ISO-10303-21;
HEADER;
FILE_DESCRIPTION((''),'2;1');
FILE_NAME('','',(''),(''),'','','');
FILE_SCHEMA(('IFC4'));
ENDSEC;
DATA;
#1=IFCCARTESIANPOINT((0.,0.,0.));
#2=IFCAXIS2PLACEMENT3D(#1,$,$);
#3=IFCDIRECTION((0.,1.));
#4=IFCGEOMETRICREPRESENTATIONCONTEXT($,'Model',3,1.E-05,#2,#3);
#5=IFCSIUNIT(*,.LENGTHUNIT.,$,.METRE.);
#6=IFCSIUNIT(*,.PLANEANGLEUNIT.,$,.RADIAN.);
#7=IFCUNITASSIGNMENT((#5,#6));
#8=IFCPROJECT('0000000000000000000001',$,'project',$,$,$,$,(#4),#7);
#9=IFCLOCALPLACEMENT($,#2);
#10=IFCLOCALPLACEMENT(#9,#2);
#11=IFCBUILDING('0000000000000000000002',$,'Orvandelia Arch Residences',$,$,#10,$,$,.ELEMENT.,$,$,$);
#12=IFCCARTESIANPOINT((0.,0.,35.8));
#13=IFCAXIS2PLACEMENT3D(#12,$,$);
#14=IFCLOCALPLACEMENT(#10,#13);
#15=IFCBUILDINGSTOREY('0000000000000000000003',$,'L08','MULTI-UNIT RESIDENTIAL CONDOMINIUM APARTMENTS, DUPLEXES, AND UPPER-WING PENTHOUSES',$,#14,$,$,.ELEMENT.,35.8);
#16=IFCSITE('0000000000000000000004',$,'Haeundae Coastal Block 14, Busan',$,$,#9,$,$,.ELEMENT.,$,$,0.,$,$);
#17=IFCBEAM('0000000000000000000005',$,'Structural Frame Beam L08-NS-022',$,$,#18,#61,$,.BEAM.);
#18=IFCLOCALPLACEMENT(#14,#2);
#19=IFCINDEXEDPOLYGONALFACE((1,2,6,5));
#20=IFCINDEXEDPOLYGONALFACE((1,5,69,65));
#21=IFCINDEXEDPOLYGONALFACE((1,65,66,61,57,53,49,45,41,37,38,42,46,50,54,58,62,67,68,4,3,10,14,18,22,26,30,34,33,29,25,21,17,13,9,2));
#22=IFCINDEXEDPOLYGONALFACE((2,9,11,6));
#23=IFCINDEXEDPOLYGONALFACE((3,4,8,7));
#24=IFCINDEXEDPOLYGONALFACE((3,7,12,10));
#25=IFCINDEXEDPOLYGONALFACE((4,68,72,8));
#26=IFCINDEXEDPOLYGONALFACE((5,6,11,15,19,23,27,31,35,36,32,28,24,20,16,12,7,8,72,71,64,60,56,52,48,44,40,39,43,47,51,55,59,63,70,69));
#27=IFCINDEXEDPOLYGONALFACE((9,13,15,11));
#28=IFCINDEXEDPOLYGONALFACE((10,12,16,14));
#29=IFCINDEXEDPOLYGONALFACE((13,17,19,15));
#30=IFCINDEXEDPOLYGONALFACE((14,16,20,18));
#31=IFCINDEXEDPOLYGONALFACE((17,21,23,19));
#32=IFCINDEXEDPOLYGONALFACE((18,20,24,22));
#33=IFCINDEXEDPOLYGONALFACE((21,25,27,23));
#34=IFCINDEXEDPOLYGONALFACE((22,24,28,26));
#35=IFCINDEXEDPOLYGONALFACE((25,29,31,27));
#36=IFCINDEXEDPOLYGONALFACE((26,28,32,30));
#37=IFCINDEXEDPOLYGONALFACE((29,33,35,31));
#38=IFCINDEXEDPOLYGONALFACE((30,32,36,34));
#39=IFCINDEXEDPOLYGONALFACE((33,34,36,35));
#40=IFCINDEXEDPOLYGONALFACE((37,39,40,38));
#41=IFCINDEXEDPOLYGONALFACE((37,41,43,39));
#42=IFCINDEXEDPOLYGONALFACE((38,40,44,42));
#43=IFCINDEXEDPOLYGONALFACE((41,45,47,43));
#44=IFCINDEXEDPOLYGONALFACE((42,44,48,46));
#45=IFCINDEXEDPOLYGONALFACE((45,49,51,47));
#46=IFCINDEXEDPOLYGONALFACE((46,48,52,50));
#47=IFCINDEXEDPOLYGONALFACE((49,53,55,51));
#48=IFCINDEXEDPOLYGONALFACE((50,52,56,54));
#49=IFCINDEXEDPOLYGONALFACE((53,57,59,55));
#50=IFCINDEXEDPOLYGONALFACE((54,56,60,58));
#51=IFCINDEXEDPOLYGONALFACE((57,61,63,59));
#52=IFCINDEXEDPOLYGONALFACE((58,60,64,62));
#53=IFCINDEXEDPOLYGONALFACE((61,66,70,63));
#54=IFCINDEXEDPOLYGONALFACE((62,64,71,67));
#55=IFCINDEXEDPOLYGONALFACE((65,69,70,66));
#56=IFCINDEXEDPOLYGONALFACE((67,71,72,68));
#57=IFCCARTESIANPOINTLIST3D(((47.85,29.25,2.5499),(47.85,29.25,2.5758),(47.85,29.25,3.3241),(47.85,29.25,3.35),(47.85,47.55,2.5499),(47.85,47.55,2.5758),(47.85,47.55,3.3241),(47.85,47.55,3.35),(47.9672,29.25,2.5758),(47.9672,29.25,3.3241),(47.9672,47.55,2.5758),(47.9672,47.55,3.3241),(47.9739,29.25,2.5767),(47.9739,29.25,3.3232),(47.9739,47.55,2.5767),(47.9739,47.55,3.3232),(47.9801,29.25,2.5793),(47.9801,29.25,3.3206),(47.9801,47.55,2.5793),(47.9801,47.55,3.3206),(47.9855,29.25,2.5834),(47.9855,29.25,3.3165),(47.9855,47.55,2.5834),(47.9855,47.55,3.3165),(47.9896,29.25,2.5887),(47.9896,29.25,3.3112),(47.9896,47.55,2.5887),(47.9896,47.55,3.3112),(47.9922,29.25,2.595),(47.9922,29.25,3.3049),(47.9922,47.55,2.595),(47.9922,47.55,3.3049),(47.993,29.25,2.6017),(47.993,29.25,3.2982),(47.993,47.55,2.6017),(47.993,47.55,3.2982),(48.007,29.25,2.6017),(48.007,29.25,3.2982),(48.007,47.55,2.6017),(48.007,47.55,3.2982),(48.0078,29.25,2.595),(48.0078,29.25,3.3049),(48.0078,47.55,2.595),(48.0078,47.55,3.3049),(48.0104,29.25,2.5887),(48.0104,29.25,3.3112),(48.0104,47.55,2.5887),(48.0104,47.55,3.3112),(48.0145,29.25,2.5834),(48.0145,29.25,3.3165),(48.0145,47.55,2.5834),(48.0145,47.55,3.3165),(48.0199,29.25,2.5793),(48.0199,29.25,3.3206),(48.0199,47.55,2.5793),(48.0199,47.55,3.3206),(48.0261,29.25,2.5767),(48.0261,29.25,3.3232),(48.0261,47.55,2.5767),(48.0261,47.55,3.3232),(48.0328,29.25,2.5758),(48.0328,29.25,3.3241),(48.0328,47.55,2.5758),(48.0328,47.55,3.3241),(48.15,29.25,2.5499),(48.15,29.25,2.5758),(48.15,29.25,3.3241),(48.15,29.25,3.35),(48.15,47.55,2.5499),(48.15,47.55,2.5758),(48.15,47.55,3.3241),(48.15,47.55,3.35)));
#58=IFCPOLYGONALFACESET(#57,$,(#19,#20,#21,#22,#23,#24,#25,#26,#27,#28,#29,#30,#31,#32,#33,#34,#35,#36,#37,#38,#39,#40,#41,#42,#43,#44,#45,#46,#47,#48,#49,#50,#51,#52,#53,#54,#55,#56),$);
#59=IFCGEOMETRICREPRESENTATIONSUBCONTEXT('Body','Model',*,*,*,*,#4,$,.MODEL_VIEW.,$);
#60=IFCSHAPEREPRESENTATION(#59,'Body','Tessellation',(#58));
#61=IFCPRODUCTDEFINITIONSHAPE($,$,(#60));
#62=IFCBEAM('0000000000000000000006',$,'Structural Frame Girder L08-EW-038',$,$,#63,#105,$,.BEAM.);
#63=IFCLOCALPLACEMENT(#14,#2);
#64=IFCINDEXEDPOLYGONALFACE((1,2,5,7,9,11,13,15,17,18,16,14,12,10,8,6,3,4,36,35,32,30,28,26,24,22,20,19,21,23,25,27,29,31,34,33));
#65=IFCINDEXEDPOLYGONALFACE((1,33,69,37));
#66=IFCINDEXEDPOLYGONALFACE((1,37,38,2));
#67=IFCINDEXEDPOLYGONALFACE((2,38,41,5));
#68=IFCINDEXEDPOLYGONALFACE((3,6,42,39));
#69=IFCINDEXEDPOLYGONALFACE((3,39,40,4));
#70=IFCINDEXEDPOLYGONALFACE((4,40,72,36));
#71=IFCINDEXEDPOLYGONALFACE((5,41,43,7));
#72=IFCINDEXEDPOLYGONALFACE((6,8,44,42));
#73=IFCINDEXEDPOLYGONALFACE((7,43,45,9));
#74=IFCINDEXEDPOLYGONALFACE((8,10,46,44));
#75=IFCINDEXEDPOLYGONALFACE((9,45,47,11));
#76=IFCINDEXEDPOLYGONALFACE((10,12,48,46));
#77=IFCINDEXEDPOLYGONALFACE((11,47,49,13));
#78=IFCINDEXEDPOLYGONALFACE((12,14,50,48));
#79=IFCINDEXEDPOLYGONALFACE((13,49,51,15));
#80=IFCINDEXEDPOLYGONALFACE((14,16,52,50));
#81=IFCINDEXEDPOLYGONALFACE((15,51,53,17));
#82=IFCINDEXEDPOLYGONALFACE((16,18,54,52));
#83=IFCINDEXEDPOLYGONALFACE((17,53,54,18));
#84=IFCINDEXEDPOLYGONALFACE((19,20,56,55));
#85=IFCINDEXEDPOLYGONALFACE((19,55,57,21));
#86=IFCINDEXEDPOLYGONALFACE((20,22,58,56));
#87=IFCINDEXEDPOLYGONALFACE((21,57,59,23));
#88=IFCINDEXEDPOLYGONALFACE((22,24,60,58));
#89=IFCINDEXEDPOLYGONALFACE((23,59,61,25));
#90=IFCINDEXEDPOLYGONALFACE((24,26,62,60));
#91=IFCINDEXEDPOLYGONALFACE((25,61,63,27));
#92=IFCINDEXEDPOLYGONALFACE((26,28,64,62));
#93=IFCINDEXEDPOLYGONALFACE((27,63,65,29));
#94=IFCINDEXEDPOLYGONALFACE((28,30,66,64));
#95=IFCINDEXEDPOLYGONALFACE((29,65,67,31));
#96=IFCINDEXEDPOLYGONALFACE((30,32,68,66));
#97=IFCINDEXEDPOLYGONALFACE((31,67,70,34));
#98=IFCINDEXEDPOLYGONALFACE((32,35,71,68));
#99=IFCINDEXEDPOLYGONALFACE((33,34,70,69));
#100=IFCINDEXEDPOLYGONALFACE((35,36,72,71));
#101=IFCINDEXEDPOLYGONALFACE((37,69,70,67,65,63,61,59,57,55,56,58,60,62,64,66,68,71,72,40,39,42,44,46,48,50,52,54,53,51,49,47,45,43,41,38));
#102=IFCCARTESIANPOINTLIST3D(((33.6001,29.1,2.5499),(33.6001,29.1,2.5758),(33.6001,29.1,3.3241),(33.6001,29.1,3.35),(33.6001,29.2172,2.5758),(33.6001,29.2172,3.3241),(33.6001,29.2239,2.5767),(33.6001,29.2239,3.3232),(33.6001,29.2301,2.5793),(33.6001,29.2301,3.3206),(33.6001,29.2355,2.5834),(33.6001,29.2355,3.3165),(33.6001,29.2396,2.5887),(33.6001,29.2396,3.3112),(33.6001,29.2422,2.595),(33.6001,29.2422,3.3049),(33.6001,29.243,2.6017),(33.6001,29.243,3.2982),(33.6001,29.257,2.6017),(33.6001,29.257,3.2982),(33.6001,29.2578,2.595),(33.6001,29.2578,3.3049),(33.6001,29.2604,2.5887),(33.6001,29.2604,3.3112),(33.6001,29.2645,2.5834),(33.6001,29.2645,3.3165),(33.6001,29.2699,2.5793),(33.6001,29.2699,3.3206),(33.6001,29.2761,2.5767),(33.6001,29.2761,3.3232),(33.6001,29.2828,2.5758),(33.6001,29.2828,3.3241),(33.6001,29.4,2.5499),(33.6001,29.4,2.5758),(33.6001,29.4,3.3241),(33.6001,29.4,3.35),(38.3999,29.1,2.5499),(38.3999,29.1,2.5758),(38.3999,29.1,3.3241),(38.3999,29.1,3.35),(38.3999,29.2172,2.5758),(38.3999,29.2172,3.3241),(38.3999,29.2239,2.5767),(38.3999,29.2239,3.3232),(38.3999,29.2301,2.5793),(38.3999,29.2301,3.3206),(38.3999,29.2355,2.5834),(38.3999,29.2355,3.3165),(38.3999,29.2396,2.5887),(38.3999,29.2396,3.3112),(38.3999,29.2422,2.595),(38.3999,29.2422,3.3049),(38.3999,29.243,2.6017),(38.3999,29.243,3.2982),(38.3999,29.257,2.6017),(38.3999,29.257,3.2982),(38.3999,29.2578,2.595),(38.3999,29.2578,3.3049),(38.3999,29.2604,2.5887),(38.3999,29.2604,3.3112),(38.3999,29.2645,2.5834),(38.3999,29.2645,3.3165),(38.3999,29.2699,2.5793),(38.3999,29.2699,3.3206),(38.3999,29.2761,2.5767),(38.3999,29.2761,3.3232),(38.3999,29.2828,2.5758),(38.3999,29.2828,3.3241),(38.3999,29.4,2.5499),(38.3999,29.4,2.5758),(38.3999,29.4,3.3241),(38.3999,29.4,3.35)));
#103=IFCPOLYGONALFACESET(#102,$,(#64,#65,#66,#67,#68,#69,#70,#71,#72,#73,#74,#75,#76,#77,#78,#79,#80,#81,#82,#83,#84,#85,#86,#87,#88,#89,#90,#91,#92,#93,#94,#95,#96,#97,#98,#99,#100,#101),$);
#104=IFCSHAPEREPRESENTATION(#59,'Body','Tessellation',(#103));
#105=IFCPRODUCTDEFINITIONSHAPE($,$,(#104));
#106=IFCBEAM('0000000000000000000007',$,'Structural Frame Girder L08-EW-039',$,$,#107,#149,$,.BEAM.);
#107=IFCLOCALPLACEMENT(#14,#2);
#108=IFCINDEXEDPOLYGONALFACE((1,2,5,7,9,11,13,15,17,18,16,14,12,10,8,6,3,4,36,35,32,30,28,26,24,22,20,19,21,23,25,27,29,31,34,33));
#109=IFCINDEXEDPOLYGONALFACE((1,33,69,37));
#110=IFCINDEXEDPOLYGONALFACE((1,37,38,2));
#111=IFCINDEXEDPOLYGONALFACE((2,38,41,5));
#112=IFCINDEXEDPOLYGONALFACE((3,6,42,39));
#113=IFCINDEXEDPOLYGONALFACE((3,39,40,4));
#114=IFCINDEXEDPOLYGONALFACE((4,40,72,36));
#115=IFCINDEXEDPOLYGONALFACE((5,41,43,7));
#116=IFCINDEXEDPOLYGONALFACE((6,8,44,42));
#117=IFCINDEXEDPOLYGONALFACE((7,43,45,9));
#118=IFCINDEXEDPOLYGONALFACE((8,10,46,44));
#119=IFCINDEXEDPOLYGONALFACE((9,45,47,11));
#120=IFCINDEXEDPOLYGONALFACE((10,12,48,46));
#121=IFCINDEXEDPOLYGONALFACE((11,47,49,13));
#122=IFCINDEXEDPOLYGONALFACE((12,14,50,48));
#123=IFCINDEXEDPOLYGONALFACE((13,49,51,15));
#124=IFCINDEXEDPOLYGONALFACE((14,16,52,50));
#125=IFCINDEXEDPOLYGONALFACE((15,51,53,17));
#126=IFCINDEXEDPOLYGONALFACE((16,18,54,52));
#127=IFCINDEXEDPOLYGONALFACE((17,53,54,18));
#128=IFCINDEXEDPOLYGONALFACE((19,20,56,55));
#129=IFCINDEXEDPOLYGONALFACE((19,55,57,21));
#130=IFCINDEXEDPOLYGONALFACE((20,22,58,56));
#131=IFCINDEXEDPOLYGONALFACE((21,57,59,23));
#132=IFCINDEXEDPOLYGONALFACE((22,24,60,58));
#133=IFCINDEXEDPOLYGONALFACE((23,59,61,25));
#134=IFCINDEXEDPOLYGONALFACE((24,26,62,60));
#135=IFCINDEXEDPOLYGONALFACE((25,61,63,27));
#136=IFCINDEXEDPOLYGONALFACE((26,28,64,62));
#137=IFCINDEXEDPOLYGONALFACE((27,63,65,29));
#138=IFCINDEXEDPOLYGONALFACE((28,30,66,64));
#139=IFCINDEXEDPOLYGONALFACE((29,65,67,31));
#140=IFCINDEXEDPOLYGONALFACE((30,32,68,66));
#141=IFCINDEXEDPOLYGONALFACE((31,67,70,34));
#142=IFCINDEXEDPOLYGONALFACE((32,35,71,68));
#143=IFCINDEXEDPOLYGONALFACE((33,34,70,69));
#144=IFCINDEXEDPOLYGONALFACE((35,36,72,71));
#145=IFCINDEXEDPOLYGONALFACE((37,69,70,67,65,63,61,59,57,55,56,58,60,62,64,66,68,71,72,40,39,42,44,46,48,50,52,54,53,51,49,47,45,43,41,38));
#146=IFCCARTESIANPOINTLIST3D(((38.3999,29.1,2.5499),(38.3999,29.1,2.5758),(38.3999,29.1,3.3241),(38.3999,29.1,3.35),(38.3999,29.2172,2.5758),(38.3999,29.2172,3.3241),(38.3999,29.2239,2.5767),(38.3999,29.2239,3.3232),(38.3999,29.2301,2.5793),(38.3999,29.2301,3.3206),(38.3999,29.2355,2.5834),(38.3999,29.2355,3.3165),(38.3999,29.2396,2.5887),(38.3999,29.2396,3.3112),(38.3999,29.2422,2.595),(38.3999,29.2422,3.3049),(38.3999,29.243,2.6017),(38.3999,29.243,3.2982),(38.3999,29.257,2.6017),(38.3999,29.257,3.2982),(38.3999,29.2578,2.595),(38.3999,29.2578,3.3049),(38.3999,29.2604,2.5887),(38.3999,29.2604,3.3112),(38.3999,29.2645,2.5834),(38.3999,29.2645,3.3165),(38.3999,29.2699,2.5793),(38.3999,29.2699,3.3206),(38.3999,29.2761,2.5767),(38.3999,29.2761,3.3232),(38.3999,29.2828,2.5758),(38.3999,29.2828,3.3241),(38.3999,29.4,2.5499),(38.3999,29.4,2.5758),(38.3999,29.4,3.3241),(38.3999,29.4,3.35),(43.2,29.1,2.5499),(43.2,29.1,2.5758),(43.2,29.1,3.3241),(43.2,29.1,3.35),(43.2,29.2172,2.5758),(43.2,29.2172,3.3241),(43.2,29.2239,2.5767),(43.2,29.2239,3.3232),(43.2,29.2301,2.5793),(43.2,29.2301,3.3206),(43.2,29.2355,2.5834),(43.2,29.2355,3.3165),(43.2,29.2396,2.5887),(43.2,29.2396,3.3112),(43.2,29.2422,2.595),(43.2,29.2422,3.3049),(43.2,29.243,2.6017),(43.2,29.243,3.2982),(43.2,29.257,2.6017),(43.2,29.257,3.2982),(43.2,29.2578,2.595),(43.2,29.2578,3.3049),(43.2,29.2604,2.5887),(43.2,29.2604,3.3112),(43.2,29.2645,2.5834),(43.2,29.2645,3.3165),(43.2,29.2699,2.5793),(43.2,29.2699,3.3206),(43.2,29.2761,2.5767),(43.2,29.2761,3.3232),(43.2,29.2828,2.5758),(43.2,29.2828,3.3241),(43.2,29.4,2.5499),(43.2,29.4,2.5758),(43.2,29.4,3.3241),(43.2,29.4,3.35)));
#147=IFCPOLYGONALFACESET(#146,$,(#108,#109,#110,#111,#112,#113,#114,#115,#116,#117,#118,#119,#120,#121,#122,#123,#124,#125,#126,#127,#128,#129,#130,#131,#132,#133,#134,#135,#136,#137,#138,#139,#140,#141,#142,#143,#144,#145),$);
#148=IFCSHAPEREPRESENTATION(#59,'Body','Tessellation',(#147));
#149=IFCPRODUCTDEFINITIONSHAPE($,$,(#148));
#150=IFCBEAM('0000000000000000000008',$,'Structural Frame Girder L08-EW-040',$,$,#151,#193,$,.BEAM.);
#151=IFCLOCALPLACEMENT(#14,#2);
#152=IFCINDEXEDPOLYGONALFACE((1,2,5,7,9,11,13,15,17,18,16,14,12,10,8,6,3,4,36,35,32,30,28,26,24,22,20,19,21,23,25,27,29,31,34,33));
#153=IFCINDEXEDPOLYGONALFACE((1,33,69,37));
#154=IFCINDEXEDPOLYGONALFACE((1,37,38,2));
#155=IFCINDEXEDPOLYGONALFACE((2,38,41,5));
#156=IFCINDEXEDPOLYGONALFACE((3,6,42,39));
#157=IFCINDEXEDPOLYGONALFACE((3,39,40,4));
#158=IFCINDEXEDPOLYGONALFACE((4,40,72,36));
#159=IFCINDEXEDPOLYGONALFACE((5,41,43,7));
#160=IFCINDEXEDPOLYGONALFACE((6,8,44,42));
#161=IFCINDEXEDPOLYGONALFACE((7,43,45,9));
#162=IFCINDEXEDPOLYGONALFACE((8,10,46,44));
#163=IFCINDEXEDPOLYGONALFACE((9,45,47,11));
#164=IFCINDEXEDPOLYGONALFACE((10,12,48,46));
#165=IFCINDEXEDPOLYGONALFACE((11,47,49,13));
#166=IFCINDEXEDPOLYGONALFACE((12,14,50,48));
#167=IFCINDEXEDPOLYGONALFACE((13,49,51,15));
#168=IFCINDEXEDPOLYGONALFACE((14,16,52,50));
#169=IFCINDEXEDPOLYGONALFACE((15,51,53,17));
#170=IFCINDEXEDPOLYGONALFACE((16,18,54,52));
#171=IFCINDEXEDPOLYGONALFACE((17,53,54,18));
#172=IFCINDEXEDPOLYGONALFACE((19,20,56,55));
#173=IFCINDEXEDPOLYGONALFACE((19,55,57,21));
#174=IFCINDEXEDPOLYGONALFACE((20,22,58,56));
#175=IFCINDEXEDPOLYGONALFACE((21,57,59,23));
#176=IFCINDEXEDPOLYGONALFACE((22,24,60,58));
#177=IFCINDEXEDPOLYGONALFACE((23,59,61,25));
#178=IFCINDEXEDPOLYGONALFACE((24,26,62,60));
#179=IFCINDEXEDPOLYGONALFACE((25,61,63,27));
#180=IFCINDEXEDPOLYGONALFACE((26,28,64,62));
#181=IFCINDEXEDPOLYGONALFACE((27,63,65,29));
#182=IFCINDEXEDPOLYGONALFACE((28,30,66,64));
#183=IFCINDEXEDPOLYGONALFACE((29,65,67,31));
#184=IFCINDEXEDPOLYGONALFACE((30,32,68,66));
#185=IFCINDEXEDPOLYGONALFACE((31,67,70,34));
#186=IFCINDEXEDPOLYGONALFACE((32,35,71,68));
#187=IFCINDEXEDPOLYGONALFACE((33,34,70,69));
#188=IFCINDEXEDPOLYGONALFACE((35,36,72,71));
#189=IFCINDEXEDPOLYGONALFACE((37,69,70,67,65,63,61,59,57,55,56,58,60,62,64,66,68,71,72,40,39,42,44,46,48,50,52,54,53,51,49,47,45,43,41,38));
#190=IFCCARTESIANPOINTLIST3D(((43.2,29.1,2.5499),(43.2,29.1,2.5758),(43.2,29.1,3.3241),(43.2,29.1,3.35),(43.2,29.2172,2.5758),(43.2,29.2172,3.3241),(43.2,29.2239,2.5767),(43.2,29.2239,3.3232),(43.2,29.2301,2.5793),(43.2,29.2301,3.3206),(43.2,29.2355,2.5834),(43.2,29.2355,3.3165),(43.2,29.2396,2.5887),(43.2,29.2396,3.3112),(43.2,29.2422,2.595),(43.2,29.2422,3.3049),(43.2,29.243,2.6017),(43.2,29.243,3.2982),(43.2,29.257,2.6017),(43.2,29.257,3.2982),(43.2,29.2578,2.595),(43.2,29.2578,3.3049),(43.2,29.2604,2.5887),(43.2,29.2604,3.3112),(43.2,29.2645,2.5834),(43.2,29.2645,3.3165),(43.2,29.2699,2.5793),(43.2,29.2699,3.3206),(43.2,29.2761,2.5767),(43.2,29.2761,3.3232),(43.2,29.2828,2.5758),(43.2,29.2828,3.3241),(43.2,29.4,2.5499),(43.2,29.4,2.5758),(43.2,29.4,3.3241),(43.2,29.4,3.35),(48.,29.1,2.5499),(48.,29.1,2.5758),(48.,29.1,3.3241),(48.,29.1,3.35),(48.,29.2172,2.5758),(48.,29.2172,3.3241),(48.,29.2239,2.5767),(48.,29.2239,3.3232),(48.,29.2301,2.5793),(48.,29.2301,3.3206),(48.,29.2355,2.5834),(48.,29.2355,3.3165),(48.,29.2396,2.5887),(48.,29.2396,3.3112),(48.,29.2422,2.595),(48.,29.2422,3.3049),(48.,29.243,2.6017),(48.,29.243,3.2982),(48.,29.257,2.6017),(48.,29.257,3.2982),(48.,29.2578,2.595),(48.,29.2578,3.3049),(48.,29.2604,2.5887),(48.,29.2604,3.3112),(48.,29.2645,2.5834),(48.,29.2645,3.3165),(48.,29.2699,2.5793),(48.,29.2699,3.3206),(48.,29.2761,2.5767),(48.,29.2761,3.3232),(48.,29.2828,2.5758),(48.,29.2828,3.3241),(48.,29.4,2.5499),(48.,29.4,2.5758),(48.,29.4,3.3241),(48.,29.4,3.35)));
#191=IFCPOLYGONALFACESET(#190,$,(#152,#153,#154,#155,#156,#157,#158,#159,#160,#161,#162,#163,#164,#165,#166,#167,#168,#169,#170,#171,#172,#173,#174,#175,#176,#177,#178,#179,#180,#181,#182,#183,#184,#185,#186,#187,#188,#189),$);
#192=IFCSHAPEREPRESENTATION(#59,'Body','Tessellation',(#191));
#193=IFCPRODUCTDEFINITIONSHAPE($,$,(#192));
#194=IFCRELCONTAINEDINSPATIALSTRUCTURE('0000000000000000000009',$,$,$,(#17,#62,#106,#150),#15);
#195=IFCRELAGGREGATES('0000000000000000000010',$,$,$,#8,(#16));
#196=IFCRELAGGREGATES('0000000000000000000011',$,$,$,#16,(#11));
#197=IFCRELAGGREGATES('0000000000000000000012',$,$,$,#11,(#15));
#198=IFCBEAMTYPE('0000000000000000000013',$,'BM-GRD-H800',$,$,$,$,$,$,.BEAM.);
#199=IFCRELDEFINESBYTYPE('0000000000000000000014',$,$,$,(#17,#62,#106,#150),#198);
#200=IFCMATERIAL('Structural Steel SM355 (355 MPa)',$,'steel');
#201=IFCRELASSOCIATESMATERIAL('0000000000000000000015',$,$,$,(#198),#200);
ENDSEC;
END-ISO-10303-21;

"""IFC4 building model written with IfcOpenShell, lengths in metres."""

from ifc_helpers import new_model, si_unit, direction, frame, origin, origin_2d, place, context, subcontext, project, spatial, i_section, extrude, material, material_profile, profile_set, type_object, element, save


model = new_model("IFC4")

# Units and contexts
model_context = context("Model", 3, precision=1e-05, world=origin(), true_north=direction((0.0, 1.0)))
body_context = subcontext(model_context, "Body", "Model", "MODEL_VIEW")
ifc_project = project(units=[si_unit("LENGTHUNIT", "METRE"), si_unit("PLANEANGLEUNIT", "RADIAN")], contexts=[model_context])

# Site, building, storey
site_placement = place(None, origin())
site = spatial("IfcSite", under=ifc_project, at=site_placement, Name="Haeundae Coastal Block 14, Busan", CompositionType="ELEMENT", RefElevation=0.0)
building_placement = place(site_placement, origin())
building = spatial("IfcBuilding", under=site, at=building_placement, Name="Orvandelia Arch Residences", CompositionType="ELEMENT")
storey_placement = place(building_placement, frame((0.0, 0.0, 35.8)))
storey = spatial("IfcBuildingStorey", under=building, at=storey_placement, Name="L08", Description="MULTI-UNIT RESIDENTIAL CONDOMINIUM APARTMENTS, DUPLEXES, AND UPPER-WING PENTHOUSES", CompositionType="ELEMENT", Elevation=35.8)

# Beams
ifc_material_1 = material(Name="Structural Steel SM355 (355 MPa)", Category="steel")
ifc_material_profile_1 = material_profile(ifc_material_1, i_section(OverallWidth=0.3, OverallDepth=0.8, WebThickness=0.0139, FlangeThickness=0.0259, FilletRadius=0.0259, at=origin_2d()), Name="Structural Steel SM355 (355 MPa)", Category="steel")
ifc_profile_set_1 = profile_set([ifc_material_profile_1], Name="Structural Steel SM355 (355 MPa)")
beam_type = type_object("IfcBeamType", Name="BM-GRD-H800", PredefinedType="BEAM", material=ifc_profile_set_1)
for number, where, z_axis, x_axis, name in (
    (1, (48.0, 29.25, 2.95), (0.0, 1.0, 0.0), (-1.0, 0.0, 0.0), "Structural Frame Beam L08-NS-022"),
):
    element("IfcBeam", number, at=place(storey_placement, frame(where, z_axis=z_axis, x_axis=x_axis)), inside=storey, type_object=beam_type, Name=name, PredefinedType="BEAM", context=body_context, shape_type="SweptSolid", body=[
        extrude(i_section(OverallWidth=0.3, OverallDepth=0.8, WebThickness=0.0139, FlangeThickness=0.0259, FilletRadius=0.0259, at=origin_2d()), origin(), (0.0, 0.0, 1.0), 18.3),
    ])
beam_1_placement = place(storey_placement, frame((33.6001, 29.25, 2.95), z_axis=(1.0, 0.0, 0.0), x_axis=(0.0, 1.0, 0.0)))
element("IfcBeam", 2, at=beam_1_placement, inside=storey, type_object=beam_type, Name="Structural Frame Girder L08-EW-038", PredefinedType="BEAM", context=body_context, shape_type="SweptSolid", body=[
    extrude(i_section(OverallWidth=0.3, OverallDepth=0.8, WebThickness=0.0139, FlangeThickness=0.0259, FilletRadius=0.0259, at=origin_2d()), origin(), (0.0, 0.0, 1.0), 4.7998),
])
for number, where, z_axis, x_axis, name in (
    (3, (38.3999, 29.25, 2.95), (1.0, 0.0, 0.0), (0.0, 1.0, 0.0), "Structural Frame Girder L08-EW-039"),
    (4, (43.2, 29.25, 2.95), (1.0, 0.0, 0.0), (0.0, 1.0, 0.0), "Structural Frame Girder L08-EW-040"),
):
    element("IfcBeam", number, at=place(storey_placement, frame(where, z_axis=z_axis, x_axis=x_axis)), inside=storey, type_object=beam_type, Name=name, PredefinedType="BEAM", context=body_context, shape_type="SweptSolid", body=[
        extrude(i_section(OverallWidth=0.3, OverallDepth=0.8, WebThickness=0.0139, FlangeThickness=0.0259, FilletRadius=0.0259, at=origin_2d()), origin(), (0.0, 0.0, 1.0), 4.8),
    ])

save(model, "model.ifc")
